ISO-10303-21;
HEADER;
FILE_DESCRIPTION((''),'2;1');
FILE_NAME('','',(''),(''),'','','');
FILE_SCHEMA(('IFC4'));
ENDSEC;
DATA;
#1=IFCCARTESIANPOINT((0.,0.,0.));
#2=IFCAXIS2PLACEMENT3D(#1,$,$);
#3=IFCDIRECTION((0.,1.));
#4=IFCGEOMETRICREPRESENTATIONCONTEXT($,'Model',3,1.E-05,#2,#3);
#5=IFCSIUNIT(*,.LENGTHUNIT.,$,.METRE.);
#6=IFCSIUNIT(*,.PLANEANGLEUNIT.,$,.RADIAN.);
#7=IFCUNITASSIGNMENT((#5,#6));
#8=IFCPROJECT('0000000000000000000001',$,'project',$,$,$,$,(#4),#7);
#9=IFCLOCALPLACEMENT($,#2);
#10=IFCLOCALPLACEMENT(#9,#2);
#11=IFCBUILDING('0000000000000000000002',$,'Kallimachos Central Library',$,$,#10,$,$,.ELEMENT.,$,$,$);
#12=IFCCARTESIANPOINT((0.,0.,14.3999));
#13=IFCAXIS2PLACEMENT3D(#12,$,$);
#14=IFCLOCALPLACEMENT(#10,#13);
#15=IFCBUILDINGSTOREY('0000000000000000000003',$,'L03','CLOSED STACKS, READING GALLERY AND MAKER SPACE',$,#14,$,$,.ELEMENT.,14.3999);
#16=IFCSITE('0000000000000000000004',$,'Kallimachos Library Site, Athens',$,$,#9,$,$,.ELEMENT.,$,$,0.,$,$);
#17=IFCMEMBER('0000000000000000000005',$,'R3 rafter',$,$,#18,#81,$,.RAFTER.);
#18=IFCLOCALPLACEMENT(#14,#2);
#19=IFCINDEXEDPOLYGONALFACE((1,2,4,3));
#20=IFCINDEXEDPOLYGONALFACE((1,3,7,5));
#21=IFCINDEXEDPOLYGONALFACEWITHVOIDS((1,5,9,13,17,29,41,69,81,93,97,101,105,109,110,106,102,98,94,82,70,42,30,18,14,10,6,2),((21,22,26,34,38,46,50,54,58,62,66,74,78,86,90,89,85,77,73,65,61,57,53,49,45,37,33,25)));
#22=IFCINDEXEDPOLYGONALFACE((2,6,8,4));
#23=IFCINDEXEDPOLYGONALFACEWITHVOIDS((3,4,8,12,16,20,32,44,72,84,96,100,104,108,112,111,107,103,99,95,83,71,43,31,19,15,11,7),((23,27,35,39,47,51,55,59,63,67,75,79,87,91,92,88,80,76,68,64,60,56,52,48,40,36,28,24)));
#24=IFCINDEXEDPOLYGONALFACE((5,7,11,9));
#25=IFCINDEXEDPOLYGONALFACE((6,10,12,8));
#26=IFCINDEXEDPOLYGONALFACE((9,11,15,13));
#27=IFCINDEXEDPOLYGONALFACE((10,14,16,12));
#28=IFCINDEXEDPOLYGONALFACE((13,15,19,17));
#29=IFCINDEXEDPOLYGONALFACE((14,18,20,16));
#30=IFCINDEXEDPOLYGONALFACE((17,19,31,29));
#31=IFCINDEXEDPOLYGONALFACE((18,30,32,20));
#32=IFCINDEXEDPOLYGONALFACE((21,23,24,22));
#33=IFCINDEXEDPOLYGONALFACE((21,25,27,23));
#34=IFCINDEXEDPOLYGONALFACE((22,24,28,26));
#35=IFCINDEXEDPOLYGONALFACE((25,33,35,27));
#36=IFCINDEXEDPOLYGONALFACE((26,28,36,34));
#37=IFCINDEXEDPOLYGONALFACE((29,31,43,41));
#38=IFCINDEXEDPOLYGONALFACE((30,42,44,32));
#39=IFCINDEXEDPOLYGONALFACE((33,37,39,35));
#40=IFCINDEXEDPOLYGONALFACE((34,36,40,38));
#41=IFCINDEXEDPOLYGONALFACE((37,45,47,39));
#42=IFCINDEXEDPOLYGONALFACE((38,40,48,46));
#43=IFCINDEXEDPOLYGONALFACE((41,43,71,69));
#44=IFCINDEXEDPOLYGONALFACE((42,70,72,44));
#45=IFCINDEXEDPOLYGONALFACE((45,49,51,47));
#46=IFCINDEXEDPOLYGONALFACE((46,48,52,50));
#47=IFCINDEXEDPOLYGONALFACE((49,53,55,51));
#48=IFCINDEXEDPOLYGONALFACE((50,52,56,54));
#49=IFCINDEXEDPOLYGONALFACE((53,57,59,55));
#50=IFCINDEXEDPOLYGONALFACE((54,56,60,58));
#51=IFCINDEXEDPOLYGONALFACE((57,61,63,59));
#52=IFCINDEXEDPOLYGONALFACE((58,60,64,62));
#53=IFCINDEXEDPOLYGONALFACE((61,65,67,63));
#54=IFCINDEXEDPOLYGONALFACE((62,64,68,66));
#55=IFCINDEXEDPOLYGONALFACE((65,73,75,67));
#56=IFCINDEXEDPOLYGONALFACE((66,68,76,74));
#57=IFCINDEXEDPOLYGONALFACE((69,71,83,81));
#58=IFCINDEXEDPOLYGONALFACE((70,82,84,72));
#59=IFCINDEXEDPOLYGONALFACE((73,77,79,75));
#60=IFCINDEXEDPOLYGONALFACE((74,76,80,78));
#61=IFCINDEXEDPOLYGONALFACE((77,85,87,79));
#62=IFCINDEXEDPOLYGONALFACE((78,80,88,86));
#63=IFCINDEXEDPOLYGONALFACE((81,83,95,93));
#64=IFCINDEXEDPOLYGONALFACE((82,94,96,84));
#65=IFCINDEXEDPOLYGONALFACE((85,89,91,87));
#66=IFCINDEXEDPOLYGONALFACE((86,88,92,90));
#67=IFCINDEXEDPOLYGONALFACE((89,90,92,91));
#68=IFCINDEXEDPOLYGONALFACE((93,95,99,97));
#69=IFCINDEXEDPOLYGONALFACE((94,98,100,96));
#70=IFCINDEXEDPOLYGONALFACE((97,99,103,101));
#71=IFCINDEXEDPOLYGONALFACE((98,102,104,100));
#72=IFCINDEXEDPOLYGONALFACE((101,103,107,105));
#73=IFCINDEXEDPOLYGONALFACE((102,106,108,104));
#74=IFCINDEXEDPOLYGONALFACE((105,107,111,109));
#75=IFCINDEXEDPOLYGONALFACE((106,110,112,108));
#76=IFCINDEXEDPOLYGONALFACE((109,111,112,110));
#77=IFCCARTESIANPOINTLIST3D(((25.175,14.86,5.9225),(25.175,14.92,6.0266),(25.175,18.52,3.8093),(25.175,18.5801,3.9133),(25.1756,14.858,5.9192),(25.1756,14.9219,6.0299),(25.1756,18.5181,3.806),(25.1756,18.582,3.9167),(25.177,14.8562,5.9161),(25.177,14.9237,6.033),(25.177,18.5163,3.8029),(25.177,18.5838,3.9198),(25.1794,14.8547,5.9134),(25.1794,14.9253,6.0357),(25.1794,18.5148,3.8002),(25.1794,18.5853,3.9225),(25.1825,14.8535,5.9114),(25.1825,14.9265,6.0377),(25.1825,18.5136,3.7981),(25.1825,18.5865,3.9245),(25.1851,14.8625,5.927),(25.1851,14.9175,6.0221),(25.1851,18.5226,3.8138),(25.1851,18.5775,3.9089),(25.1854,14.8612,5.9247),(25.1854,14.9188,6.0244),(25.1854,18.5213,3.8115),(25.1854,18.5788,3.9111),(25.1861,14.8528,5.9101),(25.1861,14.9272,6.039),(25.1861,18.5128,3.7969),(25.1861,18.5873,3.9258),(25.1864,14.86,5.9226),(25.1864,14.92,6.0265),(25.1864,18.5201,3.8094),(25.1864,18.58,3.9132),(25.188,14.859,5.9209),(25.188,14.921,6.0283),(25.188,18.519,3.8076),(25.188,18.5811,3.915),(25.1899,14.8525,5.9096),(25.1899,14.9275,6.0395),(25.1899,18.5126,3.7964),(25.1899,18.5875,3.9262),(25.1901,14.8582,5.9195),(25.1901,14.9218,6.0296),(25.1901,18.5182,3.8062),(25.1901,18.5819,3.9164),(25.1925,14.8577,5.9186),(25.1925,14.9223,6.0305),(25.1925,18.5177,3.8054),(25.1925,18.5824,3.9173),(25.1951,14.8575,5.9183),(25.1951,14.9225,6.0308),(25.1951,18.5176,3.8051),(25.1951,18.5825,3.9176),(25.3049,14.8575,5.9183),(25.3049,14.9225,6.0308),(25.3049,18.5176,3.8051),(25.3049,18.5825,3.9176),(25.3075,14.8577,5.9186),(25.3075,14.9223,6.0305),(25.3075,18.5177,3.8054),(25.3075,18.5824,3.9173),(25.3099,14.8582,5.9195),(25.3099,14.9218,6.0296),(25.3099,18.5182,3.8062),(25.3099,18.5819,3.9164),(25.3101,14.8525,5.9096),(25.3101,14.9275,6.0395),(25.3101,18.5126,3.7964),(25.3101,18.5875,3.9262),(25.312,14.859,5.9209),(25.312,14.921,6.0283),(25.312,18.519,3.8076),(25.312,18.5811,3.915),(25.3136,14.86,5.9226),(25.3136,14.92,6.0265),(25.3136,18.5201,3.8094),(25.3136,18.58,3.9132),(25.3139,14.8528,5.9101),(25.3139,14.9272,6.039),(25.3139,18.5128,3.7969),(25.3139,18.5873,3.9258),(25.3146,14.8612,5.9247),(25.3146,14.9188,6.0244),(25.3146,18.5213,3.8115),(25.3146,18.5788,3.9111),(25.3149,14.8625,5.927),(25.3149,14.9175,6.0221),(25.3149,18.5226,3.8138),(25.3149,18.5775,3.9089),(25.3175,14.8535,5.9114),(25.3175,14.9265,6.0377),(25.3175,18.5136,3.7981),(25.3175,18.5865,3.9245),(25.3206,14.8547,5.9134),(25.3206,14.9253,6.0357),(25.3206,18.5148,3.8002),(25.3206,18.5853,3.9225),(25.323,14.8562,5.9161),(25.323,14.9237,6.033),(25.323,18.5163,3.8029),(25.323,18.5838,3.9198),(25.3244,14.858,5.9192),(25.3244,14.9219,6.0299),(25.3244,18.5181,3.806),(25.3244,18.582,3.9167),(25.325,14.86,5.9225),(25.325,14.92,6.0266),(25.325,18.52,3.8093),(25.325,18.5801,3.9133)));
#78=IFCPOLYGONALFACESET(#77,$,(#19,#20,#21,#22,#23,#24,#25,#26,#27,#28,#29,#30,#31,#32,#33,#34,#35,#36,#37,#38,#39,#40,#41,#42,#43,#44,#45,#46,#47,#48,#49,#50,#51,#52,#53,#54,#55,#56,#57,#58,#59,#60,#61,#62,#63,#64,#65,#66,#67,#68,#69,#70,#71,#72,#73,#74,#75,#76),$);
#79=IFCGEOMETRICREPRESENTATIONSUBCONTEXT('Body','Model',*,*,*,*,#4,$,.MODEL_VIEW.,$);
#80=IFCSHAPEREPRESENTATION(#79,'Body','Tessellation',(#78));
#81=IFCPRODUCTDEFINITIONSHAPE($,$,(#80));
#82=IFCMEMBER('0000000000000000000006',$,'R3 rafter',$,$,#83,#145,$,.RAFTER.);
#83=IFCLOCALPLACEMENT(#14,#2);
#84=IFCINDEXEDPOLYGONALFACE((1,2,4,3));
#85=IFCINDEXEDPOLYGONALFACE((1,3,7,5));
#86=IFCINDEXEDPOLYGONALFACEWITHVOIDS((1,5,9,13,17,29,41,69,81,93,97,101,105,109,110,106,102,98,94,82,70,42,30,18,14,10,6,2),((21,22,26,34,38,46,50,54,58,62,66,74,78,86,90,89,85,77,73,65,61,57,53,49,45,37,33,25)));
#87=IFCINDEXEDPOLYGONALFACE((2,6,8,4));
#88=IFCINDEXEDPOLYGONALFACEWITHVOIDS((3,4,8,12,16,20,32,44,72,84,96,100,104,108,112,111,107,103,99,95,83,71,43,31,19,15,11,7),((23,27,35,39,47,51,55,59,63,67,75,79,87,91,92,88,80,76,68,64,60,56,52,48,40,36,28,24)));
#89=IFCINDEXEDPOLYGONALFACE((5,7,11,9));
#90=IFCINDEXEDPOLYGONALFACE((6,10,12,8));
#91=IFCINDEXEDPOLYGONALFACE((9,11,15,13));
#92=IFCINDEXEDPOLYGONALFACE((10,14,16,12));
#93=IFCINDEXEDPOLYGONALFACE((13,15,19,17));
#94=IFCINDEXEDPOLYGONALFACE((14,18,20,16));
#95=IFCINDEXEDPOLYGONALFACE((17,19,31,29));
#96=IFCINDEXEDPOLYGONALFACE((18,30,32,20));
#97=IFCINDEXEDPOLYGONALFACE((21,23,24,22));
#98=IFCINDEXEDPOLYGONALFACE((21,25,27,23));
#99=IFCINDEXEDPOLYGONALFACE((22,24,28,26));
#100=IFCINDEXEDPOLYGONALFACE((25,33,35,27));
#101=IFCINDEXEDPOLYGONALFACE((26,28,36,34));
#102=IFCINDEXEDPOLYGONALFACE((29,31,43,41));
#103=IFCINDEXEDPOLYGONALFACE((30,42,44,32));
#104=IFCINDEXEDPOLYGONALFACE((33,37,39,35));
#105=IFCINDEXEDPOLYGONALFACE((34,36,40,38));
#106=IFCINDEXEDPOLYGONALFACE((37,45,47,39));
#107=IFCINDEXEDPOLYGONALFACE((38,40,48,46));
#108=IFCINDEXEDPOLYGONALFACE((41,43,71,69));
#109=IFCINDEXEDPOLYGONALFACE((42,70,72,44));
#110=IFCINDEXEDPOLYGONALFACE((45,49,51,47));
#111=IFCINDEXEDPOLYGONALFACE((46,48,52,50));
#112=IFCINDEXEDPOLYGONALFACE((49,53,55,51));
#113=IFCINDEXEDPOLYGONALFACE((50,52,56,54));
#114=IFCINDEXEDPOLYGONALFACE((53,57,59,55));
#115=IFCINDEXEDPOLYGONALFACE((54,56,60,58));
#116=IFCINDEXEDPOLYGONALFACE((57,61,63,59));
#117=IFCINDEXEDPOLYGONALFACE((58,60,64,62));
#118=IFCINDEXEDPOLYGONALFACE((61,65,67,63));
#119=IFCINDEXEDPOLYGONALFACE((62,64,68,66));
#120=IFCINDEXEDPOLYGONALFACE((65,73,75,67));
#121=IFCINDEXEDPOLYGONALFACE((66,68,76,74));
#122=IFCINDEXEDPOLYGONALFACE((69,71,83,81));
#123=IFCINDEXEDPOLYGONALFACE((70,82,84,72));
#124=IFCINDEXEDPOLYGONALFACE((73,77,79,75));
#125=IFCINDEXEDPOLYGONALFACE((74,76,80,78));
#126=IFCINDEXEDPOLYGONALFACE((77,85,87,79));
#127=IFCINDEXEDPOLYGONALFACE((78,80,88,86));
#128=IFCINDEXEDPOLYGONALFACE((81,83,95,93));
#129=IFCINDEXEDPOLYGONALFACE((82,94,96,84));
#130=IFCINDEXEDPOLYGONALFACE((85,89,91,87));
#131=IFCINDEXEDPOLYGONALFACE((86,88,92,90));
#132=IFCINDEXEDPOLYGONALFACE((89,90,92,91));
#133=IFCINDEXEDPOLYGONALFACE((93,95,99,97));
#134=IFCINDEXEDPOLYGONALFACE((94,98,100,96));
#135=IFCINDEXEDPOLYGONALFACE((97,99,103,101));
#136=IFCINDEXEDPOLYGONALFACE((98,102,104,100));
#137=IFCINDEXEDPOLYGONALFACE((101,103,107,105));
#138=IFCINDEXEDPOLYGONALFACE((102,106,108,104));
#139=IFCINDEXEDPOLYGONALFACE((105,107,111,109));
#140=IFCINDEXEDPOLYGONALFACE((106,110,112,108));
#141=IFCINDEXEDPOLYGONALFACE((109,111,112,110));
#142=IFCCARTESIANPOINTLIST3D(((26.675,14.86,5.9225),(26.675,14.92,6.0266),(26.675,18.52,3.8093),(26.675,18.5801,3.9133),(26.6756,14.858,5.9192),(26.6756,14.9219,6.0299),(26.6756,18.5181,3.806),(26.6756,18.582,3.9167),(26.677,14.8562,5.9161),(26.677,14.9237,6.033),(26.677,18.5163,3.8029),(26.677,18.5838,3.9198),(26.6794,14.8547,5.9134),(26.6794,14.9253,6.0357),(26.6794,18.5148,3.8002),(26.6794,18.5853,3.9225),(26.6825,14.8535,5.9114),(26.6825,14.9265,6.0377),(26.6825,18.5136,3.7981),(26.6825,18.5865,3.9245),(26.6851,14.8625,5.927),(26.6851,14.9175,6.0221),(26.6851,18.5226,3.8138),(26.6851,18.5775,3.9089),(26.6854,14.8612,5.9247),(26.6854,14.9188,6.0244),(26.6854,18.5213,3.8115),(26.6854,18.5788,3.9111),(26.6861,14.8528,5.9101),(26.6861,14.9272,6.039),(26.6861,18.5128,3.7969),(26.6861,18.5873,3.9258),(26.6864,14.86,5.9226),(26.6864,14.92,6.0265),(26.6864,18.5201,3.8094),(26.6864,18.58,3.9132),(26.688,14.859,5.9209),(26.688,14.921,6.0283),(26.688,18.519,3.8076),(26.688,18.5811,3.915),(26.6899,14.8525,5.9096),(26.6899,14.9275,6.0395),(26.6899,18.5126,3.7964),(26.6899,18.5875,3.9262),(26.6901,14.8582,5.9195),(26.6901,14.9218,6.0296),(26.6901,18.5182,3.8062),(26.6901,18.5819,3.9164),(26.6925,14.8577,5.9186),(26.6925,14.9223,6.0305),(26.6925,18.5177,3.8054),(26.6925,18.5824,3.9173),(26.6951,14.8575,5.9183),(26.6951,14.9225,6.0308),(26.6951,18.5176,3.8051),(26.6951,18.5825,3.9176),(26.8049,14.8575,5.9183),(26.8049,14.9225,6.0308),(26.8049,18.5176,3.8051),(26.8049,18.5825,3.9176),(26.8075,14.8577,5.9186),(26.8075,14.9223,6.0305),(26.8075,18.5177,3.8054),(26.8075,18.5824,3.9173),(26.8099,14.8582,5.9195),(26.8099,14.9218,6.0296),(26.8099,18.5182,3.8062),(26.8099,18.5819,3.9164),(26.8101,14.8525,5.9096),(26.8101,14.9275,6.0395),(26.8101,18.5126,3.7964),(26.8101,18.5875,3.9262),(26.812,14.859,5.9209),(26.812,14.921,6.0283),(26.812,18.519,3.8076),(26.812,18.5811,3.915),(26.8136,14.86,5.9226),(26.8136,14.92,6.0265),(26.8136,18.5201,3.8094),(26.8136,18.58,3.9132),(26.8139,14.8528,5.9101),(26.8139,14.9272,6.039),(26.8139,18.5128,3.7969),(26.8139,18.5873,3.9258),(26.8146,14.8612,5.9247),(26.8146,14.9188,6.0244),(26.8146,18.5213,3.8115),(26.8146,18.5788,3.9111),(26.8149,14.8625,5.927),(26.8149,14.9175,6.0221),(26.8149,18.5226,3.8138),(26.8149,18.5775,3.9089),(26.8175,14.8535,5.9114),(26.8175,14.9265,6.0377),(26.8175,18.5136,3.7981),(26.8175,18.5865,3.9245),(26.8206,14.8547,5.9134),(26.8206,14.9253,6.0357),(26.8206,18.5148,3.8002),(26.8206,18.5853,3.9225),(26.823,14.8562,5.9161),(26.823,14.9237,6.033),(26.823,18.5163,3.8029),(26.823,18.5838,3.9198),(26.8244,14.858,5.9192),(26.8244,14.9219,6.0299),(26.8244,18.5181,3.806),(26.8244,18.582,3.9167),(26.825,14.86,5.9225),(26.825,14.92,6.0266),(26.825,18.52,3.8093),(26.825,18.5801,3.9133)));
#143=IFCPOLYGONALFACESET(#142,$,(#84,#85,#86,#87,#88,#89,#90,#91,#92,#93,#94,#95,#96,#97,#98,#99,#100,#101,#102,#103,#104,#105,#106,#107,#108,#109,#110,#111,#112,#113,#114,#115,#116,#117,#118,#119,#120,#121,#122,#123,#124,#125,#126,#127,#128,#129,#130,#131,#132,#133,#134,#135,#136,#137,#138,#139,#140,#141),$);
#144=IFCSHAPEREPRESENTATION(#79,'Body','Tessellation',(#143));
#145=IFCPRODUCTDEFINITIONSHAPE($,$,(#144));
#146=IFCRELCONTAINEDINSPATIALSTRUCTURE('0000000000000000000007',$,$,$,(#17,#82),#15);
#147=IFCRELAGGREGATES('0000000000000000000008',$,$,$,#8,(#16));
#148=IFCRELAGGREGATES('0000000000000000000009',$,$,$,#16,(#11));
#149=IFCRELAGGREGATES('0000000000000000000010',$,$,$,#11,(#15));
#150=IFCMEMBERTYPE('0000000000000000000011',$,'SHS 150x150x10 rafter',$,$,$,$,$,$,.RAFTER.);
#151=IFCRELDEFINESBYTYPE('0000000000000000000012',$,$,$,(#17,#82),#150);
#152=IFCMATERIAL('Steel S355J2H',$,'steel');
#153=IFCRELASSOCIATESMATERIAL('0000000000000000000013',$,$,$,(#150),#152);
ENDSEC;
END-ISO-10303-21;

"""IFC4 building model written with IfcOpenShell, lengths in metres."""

from ifc_helpers import new_model, si_unit, direction, frame, origin, origin_2d, place, context, subcontext, project, spatial, hollow_rectangle, extrude, material, material_profile, profile_set, type_object, element, save


model = new_model("IFC4")

# Units and contexts
model_context = context("Model", 3, precision=1e-05, world=origin(), true_north=direction((0.0, 1.0)))
body_context = subcontext(model_context, "Body", "Model", "MODEL_VIEW")
ifc_project = project(units=[si_unit("LENGTHUNIT", "METRE"), si_unit("PLANEANGLEUNIT", "RADIAN")], contexts=[model_context])

# Site, building, storey
site_placement = place(None, origin())
site = spatial("IfcSite", under=ifc_project, at=site_placement, Name="Kallimachos Library Site, Athens", CompositionType="ELEMENT", RefElevation=0.0)
building_placement = place(site_placement, origin())
building = spatial("IfcBuilding", under=site, at=building_placement, Name="Kallimachos Central Library", CompositionType="ELEMENT")
storey_placement = place(building_placement, frame((0.0, 0.0, 14.3999)))
storey = spatial("IfcBuildingStorey", under=building, at=storey_placement, Name="L03", Description="CLOSED STACKS, READING GALLERY AND MAKER SPACE", CompositionType="ELEMENT", Elevation=14.3999)

# Members
ifc_material_1 = material(Name="Steel S355J2H", Category="steel")
ifc_material_profile_1 = material_profile(ifc_material_1, hollow_rectangle(XDim=0.1499, YDim=0.1499, WallThickness=0.01, InnerFilletRadius=0.01, OuterFilletRadius=0.0149, at=origin_2d()), Name="SHS 150x150x10")
ifc_profile_set_1 = profile_set([ifc_material_profile_1], Name="Steel S355J2H")
member_type_1 = type_object("IfcMemberType", Name="SHS 150x150x10 rafter", PredefinedType="RAFTER", material=ifc_profile_set_1)
for number, where, z_axis, x_axis, name in (
    (1, (25.25, 18.55, 3.8613), (0.0, -0.866016, 0.500016), (1.0, 0.0, 0.0), "R3 rafter"),
    (2, (26.75, 18.55, 3.8613), (0.0, -0.866016, 0.500016), (1.0, 0.0, 0.0), "R3 rafter"),
):
    element("IfcMember", number, at=place(storey_placement, frame(where, z_axis=z_axis, x_axis=x_axis)), inside=storey, type_object=member_type_1, Name=name, PredefinedType="RAFTER", context=body_context, shape_type="SweptSolid", body=[
        extrude(hollow_rectangle(XDim=0.1499, YDim=0.1499, WallThickness=0.01, InnerFilletRadius=0.01, OuterFilletRadius=0.0149, at=origin_2d()), origin(), (0.0, 0.0, 1.0), 4.2263),
    ])

save(model, "model.ifc")
